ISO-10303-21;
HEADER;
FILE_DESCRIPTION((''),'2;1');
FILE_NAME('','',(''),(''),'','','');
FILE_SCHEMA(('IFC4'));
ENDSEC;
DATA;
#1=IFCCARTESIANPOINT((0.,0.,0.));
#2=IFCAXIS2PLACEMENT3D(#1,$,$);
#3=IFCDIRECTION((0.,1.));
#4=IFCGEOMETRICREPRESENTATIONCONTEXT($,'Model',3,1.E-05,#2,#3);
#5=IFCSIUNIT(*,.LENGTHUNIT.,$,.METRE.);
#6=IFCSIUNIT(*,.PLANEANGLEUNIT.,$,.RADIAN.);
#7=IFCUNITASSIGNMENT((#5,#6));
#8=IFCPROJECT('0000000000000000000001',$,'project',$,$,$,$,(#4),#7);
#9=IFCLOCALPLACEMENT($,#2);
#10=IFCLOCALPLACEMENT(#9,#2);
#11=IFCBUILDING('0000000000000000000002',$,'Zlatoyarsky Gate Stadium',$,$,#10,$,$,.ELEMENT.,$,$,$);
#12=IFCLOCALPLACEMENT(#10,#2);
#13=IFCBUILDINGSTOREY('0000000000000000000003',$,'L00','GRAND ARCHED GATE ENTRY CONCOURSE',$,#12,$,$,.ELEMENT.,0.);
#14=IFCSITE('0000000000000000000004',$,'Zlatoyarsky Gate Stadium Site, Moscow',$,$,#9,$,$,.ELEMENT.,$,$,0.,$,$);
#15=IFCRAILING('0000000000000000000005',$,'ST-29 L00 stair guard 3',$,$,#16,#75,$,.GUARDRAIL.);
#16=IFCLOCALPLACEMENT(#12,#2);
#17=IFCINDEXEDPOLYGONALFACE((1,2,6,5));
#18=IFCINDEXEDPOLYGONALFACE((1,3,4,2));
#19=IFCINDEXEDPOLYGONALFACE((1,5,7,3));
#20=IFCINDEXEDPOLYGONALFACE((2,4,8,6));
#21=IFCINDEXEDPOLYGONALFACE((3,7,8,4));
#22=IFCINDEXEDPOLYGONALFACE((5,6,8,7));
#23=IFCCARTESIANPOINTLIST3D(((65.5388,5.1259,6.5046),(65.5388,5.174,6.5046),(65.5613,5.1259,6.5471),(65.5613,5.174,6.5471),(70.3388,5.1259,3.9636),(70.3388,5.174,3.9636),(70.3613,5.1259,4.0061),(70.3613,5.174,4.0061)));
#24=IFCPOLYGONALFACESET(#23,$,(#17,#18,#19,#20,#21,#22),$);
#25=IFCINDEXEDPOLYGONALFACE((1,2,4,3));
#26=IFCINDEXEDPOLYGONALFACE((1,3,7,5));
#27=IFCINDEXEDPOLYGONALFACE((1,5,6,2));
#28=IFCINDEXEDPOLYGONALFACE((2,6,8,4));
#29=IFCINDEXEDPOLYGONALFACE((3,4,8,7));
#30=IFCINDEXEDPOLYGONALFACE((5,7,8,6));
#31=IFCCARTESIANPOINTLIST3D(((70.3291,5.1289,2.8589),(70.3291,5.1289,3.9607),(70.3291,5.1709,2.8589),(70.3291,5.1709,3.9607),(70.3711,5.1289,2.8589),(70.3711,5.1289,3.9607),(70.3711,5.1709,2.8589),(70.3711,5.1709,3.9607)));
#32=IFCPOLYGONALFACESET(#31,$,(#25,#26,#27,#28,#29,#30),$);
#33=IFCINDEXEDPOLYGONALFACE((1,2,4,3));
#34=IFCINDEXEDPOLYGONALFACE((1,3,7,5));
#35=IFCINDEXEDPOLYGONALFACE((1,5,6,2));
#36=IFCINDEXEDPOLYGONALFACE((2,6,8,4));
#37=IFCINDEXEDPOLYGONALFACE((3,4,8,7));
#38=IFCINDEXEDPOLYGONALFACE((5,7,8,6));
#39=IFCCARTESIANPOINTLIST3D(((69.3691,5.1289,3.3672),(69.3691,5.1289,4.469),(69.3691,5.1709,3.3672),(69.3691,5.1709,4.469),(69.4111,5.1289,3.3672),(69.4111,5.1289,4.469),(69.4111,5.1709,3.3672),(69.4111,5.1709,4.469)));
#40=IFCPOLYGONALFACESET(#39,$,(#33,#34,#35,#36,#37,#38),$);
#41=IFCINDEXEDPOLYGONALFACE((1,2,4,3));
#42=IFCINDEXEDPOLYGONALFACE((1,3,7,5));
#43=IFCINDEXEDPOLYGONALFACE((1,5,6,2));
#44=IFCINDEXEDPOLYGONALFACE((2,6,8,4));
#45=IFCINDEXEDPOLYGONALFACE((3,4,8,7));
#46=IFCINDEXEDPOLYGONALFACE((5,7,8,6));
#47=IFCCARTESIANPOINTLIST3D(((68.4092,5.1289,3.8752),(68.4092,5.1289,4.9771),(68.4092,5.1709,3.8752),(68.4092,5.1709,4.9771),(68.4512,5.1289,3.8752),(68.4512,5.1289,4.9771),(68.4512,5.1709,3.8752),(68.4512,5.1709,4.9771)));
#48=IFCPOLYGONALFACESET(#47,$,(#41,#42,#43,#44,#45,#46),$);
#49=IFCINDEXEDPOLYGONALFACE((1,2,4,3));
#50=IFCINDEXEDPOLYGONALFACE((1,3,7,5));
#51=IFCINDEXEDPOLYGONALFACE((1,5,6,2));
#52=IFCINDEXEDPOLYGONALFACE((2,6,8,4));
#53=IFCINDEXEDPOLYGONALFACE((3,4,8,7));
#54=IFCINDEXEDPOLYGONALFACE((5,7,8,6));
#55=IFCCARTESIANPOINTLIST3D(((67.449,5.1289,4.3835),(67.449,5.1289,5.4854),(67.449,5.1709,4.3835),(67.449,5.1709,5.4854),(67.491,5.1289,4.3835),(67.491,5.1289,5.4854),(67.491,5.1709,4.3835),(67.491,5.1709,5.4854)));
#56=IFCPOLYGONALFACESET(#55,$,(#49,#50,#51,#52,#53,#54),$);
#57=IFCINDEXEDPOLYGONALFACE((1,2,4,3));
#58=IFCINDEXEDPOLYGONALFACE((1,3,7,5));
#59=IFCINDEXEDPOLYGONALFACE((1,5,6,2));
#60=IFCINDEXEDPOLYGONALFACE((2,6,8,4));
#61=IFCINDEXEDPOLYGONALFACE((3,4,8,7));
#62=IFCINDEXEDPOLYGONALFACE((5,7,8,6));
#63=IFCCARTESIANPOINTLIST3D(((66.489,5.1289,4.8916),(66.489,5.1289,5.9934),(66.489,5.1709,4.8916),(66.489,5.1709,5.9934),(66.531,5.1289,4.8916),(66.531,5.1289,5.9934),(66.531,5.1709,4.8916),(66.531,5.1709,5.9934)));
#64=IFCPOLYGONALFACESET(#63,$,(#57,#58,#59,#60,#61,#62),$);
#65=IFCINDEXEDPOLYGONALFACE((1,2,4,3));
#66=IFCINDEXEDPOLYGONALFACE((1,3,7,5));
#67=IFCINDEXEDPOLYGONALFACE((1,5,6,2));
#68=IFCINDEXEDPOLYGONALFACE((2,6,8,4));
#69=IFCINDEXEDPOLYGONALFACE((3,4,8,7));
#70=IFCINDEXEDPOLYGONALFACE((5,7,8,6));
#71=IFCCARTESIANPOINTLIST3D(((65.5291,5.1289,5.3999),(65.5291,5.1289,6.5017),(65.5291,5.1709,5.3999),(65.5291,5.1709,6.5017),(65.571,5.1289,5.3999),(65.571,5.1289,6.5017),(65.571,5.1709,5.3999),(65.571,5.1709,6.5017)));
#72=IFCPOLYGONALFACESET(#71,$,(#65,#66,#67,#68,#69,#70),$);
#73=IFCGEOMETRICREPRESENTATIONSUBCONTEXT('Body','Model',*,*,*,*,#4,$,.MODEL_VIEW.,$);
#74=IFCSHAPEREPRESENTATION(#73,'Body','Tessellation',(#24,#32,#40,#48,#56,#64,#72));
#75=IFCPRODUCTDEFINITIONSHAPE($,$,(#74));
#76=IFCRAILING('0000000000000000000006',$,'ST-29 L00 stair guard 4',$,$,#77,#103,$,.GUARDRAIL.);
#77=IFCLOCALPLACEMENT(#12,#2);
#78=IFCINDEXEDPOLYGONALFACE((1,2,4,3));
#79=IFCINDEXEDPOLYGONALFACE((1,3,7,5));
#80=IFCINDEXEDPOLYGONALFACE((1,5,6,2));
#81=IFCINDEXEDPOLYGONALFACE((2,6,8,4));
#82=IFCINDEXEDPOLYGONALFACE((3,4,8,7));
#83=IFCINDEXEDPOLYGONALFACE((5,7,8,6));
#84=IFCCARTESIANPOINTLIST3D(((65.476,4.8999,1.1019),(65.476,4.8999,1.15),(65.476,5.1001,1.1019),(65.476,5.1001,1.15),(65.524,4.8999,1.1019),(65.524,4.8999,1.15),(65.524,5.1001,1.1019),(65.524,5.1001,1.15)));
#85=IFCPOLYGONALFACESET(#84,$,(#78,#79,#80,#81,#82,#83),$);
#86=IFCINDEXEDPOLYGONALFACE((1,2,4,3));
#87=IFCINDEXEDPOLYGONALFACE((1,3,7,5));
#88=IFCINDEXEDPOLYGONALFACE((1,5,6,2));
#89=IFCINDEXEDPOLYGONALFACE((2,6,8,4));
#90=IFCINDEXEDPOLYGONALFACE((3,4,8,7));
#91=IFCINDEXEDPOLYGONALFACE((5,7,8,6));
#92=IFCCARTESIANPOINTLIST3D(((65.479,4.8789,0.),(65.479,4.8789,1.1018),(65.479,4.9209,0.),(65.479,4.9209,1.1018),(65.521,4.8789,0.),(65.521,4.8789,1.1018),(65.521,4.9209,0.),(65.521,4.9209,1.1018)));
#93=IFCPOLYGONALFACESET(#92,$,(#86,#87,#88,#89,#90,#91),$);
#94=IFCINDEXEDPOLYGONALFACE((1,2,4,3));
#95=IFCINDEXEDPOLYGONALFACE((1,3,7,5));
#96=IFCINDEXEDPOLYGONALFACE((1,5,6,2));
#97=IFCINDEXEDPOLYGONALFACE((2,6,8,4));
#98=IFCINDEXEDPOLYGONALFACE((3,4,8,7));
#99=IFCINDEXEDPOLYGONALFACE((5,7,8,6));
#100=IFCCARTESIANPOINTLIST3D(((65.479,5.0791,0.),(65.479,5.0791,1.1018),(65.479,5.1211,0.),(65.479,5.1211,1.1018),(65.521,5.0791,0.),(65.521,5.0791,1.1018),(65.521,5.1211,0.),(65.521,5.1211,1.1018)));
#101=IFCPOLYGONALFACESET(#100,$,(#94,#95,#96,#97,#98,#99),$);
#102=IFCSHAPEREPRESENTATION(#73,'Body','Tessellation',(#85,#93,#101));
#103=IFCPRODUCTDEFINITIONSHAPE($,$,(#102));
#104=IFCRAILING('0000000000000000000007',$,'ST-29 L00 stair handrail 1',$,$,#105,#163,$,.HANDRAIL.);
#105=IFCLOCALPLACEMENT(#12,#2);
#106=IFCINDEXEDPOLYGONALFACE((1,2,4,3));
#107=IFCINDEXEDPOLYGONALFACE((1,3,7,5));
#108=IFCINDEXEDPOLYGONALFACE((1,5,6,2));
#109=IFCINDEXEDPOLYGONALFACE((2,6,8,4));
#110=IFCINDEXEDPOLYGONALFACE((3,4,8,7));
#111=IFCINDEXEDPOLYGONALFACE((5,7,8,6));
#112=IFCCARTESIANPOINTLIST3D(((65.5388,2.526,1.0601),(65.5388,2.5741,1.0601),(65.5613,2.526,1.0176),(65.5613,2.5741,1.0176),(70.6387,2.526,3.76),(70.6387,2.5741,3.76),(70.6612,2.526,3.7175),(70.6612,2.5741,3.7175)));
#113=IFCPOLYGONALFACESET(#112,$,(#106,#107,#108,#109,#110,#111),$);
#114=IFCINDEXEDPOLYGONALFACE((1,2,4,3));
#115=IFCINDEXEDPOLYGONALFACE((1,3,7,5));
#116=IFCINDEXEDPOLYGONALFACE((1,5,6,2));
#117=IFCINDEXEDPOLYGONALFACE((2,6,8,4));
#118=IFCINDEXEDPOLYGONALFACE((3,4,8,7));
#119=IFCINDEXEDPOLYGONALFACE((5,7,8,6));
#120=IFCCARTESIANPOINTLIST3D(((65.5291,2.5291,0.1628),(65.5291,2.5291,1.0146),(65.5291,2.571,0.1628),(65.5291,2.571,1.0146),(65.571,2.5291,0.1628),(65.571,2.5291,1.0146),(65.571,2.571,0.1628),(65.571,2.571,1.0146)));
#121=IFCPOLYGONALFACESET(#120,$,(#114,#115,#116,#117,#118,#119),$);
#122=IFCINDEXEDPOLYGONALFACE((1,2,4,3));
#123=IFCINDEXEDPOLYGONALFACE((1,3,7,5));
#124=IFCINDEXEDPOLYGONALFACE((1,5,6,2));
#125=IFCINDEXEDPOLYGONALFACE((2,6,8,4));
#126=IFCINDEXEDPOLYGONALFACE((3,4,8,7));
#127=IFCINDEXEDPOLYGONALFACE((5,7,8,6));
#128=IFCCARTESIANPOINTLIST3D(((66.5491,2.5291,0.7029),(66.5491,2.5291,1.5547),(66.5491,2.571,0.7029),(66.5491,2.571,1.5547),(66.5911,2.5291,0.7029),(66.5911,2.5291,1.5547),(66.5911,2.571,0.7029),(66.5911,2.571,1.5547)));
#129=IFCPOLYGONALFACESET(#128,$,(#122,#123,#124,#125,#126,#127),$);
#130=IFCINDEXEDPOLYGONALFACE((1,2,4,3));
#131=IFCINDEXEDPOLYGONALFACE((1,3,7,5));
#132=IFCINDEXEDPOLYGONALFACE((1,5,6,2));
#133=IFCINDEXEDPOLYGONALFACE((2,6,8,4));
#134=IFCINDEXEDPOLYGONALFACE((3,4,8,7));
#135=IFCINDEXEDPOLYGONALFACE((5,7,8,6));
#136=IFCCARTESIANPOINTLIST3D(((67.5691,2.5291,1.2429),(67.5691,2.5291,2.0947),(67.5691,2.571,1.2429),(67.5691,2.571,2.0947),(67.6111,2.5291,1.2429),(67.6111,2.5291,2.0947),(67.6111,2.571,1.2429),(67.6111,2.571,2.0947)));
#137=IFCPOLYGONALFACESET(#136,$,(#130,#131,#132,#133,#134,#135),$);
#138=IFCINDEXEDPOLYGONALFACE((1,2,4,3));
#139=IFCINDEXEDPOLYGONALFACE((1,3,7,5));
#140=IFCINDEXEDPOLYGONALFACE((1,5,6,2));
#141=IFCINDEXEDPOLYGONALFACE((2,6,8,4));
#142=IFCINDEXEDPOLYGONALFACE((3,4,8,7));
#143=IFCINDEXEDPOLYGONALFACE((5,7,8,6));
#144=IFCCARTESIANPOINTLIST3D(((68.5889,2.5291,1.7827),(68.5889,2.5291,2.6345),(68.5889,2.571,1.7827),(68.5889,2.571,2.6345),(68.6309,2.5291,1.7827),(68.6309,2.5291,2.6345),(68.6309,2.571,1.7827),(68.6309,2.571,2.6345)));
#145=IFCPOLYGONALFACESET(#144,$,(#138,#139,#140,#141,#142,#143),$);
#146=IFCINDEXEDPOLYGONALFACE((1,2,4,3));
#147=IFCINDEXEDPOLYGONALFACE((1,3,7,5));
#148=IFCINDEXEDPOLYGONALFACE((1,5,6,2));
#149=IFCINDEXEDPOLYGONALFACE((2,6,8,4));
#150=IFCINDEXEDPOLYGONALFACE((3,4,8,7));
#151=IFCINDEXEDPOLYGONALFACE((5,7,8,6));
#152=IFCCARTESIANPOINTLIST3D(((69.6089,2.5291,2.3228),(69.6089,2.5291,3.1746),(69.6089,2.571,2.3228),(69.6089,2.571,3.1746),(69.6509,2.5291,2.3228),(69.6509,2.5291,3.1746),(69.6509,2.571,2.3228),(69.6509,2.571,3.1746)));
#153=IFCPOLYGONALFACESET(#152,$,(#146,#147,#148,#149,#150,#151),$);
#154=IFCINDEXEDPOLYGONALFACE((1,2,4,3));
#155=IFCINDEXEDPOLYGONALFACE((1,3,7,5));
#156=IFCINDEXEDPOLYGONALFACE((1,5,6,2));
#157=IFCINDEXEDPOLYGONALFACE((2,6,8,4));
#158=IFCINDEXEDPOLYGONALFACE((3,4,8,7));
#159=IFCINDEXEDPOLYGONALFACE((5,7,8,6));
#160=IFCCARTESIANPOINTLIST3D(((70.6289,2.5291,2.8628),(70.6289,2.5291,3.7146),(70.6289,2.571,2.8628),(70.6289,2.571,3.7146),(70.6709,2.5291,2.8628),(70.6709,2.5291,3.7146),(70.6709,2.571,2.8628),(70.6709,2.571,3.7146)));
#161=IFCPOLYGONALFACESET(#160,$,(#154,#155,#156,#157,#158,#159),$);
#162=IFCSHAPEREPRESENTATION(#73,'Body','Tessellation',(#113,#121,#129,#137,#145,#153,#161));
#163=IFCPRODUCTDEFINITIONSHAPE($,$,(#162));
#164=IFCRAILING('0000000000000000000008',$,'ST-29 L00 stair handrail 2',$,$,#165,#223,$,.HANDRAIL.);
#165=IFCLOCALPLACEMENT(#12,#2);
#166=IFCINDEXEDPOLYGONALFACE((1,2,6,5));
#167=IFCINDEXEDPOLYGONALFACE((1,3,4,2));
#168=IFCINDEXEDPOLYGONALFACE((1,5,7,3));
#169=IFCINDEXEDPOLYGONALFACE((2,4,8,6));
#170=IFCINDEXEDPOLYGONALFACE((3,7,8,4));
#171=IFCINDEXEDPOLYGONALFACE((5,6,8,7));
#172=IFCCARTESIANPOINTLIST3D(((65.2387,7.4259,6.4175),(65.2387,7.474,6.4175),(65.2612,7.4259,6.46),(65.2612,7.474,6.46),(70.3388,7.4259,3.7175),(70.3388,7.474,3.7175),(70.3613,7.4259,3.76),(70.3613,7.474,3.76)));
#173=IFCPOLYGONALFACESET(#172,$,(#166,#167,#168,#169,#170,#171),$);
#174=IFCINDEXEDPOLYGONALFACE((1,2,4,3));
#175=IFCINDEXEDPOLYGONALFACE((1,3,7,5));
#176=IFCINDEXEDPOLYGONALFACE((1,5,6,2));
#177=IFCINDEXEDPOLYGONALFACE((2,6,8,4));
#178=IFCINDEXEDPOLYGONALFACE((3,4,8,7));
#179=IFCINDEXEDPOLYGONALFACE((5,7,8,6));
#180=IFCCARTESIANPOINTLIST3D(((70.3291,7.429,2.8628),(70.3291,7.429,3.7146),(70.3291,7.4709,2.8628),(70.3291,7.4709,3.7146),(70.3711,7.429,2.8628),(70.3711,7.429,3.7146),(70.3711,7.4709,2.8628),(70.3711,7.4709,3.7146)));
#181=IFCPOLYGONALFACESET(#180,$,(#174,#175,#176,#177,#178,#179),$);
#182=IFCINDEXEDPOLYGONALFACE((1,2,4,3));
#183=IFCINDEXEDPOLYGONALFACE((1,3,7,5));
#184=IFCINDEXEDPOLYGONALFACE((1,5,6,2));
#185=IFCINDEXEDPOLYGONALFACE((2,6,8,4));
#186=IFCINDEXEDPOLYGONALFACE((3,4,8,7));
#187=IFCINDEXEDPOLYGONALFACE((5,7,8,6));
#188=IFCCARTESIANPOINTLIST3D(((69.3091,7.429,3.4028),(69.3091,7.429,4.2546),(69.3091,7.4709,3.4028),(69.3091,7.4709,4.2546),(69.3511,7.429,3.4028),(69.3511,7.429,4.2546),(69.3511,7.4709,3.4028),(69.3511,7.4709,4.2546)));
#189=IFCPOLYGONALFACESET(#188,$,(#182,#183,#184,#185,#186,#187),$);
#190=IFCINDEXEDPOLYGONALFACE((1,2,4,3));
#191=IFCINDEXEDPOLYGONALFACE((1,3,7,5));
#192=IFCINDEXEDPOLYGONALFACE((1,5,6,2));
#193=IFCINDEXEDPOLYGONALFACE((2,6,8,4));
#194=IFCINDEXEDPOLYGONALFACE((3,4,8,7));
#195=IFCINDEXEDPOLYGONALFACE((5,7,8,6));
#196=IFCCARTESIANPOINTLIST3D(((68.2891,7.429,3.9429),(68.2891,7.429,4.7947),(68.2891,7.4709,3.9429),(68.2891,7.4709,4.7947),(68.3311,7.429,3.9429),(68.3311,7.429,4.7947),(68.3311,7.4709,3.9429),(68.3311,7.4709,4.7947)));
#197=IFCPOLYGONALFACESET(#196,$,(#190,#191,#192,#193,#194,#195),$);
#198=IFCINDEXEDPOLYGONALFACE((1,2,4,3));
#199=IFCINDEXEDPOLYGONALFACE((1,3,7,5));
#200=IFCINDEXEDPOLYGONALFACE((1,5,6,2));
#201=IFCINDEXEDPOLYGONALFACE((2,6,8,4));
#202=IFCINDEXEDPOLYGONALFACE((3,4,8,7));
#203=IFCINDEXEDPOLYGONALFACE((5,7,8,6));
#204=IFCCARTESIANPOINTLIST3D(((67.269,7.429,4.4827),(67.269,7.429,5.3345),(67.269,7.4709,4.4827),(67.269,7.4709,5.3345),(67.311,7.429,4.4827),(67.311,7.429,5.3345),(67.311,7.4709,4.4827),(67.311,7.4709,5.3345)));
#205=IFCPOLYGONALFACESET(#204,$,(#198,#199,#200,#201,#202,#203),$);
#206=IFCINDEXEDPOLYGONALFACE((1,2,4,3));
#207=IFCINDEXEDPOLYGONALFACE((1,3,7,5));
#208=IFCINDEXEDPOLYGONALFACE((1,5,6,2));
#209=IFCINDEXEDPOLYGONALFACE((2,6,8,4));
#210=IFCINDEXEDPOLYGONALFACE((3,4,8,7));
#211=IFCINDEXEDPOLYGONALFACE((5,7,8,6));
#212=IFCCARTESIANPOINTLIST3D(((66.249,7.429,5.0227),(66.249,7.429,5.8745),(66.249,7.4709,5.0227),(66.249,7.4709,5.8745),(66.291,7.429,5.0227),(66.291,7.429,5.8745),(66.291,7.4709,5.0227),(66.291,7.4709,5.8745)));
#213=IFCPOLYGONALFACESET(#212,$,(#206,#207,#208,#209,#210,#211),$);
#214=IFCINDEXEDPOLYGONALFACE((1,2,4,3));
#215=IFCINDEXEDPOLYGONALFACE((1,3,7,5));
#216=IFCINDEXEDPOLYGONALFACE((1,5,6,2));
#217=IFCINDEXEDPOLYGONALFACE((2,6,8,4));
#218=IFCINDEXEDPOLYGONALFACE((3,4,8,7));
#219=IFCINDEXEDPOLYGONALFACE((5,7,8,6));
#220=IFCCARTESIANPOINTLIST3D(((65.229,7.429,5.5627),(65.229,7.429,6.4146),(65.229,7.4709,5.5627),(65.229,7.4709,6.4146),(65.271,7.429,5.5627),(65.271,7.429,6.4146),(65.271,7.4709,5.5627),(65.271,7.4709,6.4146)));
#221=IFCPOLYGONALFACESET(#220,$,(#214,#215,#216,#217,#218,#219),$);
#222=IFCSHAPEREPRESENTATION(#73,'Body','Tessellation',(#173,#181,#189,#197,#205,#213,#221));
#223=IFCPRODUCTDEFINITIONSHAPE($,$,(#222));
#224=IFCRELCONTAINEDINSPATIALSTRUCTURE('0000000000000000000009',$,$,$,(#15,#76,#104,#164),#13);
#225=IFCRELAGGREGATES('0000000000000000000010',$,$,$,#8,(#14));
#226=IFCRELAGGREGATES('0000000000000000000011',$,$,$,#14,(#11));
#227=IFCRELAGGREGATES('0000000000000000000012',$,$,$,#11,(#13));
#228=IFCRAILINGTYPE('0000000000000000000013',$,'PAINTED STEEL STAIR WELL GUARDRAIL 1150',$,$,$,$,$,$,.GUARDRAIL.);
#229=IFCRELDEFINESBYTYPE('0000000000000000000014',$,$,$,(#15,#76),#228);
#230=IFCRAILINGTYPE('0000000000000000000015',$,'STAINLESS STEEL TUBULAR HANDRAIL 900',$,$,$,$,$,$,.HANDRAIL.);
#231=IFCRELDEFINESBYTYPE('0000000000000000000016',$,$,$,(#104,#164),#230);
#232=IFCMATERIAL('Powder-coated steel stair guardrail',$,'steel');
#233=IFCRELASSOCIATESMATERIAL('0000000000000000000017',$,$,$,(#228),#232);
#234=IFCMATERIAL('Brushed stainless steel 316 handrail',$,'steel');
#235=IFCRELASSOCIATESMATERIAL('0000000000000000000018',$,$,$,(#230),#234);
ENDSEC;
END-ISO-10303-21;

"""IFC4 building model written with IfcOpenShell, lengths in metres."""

from ifc_helpers import new_model, si_unit, direction, frame, origin, origin_2d, place, context, subcontext, project, spatial, rectangle, extrude, material, type_object, element, save


model = new_model("IFC4")

# Units and contexts
model_context = context("Model", 3, precision=1e-05, world=origin(), true_north=direction((0.0, 1.0)))
body_context = subcontext(model_context, "Body", "Model", "MODEL_VIEW")
ifc_project = project(units=[si_unit("LENGTHUNIT", "METRE"), si_unit("PLANEANGLEUNIT", "RADIAN")], contexts=[model_context])

# Site, building, storey
site_placement = place(None, origin())
site = spatial("IfcSite", under=ifc_project, at=site_placement, Name="Zlatoyarsky Gate Stadium Site, Moscow", CompositionType="ELEMENT", RefElevation=0.0)
building_placement = place(site_placement, origin())
building = spatial("IfcBuilding", under=site, at=building_placement, Name="Zlatoyarsky Gate Stadium", CompositionType="ELEMENT")
storey_placement = place(building_placement, origin())
storey = spatial("IfcBuildingStorey", under=building, at=storey_placement, Name="L00", Description="GRAND ARCHED GATE ENTRY CONCOURSE", CompositionType="ELEMENT", Elevation=0.0)

# Railings
ifc_material_1 = material(Name="Powder-coated steel stair guardrail", Category="steel")
railing_type_1 = type_object("IfcRailingType", Name="PAINTED STEEL STAIR WELL GUARDRAIL 1150", PredefinedType="GUARDRAIL", material=ifc_material_1)
railing_1_placement = place(storey_placement, frame((70.3501, 5.1499, 2.8589)))
element("IfcRailing", 1, at=railing_1_placement, inside=storey, type_object=railing_type_1, Name="ST-29 L00 stair guard 3", PredefinedType="GUARDRAIL", context=body_context, shape_type="SweptSolid", body=[
    extrude(rectangle(XDim=0.0481, YDim=0.0481, at=origin_2d()), frame((0.0, 0.0, 1.126), z_axis=(-0.883802, 0.0, 0.467861), x_axis=(0.0, -1.0, 0.0)), (0.0, 0.0, 1.0), 5.4312),
    extrude(rectangle(XDim=0.042, YDim=0.042, at=origin_2d()), origin(), (0.0, 0.0, 1.0), 1.1018),
    extrude(rectangle(XDim=0.042, YDim=0.042, at=origin_2d()), frame((-0.96, 0.0, 0.5083)), (0.0, 0.0, 1.0), 1.1018),
    extrude(rectangle(XDim=0.042, YDim=0.042, at=origin_2d()), frame((-1.9199, 0.0, 1.0164)), (0.0, 0.0, 1.0), 1.1018),
    extrude(rectangle(XDim=0.042, YDim=0.042, at=origin_2d()), frame((-2.8801, 0.0, 1.5247)), (0.0, 0.0, 1.0), 1.1018),
    extrude(rectangle(XDim=0.042, YDim=0.042, at=origin_2d()), frame((-3.8401, 0.0, 2.0327)), (0.0, 0.0, 1.0), 1.1018),
    extrude(rectangle(XDim=0.042, YDim=0.042, at=origin_2d()), frame((-4.8, 0.0, 2.541)), (0.0, 0.0, 1.0), 1.1018),
])
railing_2_placement = place(storey_placement, frame((65.5, 4.8999, 0.0)))
element("IfcRailing", 2, at=railing_2_placement, inside=storey, type_object=railing_type_1, Name="ST-29 L00 stair guard 4", PredefinedType="GUARDRAIL", context=body_context, shape_type="SweptSolid", body=[
    extrude(rectangle(XDim=0.0481, YDim=0.0481, at=origin_2d()), frame((0.0, 0.0, 1.126), z_axis=(0.0, 1.0, 0.0), x_axis=(-1.0, 0.0, 0.0)), (0.0, 0.0, 1.0), 0.2002),
    extrude(rectangle(XDim=0.042, YDim=0.042, at=origin_2d()), origin(), (0.0, 0.0, 1.0), 1.1018),
    extrude(rectangle(XDim=0.042, YDim=0.042, at=origin_2d()), frame((0.0, 0.2002, 0.0)), (0.0, 0.0, 1.0), 1.1018),
])
ifc_material_2 = material(Name="Brushed stainless steel 316 handrail", Category="steel")
railing_type_2 = type_object("IfcRailingType", Name="STAINLESS STEEL TUBULAR HANDRAIL 900", PredefinedType="HANDRAIL", material=ifc_material_2)
railing_3_placement = place(storey_placement, frame((65.55, 2.55, 0.1628)))
element("IfcRailing", 3, at=railing_3_placement, inside=storey, type_object=railing_type_2, Name="ST-29 L00 stair handrail 1", PredefinedType="HANDRAIL", context=body_context, shape_type="SweptSolid", body=[
    extrude(rectangle(XDim=0.0481, YDim=0.0481, at=origin_2d()), frame((0.0, 0.0, 0.876), z_axis=(0.883786, 0.0, 0.467892), x_axis=(0.0, 1.0, 0.0)), (0.0, 0.0, 1.0), 5.7705),
    extrude(rectangle(XDim=0.042, YDim=0.042, at=origin_2d()), origin(), (0.0, 0.0, 1.0), 0.8518),
    extrude(rectangle(XDim=0.042, YDim=0.042, at=origin_2d()), frame((1.02, 0.0, 0.54)), (0.0, 0.0, 1.0), 0.8518),
    extrude(rectangle(XDim=0.042, YDim=0.042, at=origin_2d()), frame((2.04, 0.0, 1.0801)), (0.0, 0.0, 1.0), 0.8518),
    extrude(rectangle(XDim=0.042, YDim=0.042, at=origin_2d()), frame((3.0598, 0.0, 1.6199)), (0.0, 0.0, 1.0), 0.8518),
    extrude(rectangle(XDim=0.042, YDim=0.042, at=origin_2d()), frame((4.0798, 0.0, 2.1599)), (0.0, 0.0, 1.0), 0.8518),
    extrude(rectangle(XDim=0.042, YDim=0.042, at=origin_2d()), frame((5.0999, 0.0, 2.7)), (0.0, 0.0, 1.0), 0.8518),
])
railing_4_placement = place(storey_placement, frame((70.3501, 7.45, 2.8628)))
element("IfcRailing", 4, at=railing_4_placement, inside=storey, type_object=railing_type_2, Name="ST-29 L00 stair handrail 2", PredefinedType="HANDRAIL", context=body_context, shape_type="SweptSolid", body=[
    extrude(rectangle(XDim=0.0481, YDim=0.0481, at=origin_2d()), frame((0.0, 0.0, 0.876), z_axis=(-0.883795, 0.0, 0.467874), x_axis=(0.0, -1.0, 0.0)), (0.0, 0.0, 1.0), 5.7708),
    extrude(rectangle(XDim=0.042, YDim=0.042, at=origin_2d()), origin(), (0.0, 0.0, 1.0), 0.8518),
    extrude(rectangle(XDim=0.042, YDim=0.042, at=origin_2d()), frame((-1.02, 0.0, 0.54)), (0.0, 0.0, 1.0), 0.8518),
    extrude(rectangle(XDim=0.042, YDim=0.042, at=origin_2d()), frame((-2.04, 0.0, 1.0801)), (0.0, 0.0, 1.0), 0.8518),
    extrude(rectangle(XDim=0.042, YDim=0.042, at=origin_2d()), frame((-3.0601, 0.0, 1.6199)), (0.0, 0.0, 1.0), 0.8518),
    extrude(rectangle(XDim=0.042, YDim=0.042, at=origin_2d()), frame((-4.0801, 0.0, 2.1599)), (0.0, 0.0, 1.0), 0.8518),
    extrude(rectangle(XDim=0.042, YDim=0.042, at=origin_2d()), frame((-5.1001, 0.0, 2.7)), (0.0, 0.0, 1.0), 0.8518),
])

save(model, "model.ifc")
